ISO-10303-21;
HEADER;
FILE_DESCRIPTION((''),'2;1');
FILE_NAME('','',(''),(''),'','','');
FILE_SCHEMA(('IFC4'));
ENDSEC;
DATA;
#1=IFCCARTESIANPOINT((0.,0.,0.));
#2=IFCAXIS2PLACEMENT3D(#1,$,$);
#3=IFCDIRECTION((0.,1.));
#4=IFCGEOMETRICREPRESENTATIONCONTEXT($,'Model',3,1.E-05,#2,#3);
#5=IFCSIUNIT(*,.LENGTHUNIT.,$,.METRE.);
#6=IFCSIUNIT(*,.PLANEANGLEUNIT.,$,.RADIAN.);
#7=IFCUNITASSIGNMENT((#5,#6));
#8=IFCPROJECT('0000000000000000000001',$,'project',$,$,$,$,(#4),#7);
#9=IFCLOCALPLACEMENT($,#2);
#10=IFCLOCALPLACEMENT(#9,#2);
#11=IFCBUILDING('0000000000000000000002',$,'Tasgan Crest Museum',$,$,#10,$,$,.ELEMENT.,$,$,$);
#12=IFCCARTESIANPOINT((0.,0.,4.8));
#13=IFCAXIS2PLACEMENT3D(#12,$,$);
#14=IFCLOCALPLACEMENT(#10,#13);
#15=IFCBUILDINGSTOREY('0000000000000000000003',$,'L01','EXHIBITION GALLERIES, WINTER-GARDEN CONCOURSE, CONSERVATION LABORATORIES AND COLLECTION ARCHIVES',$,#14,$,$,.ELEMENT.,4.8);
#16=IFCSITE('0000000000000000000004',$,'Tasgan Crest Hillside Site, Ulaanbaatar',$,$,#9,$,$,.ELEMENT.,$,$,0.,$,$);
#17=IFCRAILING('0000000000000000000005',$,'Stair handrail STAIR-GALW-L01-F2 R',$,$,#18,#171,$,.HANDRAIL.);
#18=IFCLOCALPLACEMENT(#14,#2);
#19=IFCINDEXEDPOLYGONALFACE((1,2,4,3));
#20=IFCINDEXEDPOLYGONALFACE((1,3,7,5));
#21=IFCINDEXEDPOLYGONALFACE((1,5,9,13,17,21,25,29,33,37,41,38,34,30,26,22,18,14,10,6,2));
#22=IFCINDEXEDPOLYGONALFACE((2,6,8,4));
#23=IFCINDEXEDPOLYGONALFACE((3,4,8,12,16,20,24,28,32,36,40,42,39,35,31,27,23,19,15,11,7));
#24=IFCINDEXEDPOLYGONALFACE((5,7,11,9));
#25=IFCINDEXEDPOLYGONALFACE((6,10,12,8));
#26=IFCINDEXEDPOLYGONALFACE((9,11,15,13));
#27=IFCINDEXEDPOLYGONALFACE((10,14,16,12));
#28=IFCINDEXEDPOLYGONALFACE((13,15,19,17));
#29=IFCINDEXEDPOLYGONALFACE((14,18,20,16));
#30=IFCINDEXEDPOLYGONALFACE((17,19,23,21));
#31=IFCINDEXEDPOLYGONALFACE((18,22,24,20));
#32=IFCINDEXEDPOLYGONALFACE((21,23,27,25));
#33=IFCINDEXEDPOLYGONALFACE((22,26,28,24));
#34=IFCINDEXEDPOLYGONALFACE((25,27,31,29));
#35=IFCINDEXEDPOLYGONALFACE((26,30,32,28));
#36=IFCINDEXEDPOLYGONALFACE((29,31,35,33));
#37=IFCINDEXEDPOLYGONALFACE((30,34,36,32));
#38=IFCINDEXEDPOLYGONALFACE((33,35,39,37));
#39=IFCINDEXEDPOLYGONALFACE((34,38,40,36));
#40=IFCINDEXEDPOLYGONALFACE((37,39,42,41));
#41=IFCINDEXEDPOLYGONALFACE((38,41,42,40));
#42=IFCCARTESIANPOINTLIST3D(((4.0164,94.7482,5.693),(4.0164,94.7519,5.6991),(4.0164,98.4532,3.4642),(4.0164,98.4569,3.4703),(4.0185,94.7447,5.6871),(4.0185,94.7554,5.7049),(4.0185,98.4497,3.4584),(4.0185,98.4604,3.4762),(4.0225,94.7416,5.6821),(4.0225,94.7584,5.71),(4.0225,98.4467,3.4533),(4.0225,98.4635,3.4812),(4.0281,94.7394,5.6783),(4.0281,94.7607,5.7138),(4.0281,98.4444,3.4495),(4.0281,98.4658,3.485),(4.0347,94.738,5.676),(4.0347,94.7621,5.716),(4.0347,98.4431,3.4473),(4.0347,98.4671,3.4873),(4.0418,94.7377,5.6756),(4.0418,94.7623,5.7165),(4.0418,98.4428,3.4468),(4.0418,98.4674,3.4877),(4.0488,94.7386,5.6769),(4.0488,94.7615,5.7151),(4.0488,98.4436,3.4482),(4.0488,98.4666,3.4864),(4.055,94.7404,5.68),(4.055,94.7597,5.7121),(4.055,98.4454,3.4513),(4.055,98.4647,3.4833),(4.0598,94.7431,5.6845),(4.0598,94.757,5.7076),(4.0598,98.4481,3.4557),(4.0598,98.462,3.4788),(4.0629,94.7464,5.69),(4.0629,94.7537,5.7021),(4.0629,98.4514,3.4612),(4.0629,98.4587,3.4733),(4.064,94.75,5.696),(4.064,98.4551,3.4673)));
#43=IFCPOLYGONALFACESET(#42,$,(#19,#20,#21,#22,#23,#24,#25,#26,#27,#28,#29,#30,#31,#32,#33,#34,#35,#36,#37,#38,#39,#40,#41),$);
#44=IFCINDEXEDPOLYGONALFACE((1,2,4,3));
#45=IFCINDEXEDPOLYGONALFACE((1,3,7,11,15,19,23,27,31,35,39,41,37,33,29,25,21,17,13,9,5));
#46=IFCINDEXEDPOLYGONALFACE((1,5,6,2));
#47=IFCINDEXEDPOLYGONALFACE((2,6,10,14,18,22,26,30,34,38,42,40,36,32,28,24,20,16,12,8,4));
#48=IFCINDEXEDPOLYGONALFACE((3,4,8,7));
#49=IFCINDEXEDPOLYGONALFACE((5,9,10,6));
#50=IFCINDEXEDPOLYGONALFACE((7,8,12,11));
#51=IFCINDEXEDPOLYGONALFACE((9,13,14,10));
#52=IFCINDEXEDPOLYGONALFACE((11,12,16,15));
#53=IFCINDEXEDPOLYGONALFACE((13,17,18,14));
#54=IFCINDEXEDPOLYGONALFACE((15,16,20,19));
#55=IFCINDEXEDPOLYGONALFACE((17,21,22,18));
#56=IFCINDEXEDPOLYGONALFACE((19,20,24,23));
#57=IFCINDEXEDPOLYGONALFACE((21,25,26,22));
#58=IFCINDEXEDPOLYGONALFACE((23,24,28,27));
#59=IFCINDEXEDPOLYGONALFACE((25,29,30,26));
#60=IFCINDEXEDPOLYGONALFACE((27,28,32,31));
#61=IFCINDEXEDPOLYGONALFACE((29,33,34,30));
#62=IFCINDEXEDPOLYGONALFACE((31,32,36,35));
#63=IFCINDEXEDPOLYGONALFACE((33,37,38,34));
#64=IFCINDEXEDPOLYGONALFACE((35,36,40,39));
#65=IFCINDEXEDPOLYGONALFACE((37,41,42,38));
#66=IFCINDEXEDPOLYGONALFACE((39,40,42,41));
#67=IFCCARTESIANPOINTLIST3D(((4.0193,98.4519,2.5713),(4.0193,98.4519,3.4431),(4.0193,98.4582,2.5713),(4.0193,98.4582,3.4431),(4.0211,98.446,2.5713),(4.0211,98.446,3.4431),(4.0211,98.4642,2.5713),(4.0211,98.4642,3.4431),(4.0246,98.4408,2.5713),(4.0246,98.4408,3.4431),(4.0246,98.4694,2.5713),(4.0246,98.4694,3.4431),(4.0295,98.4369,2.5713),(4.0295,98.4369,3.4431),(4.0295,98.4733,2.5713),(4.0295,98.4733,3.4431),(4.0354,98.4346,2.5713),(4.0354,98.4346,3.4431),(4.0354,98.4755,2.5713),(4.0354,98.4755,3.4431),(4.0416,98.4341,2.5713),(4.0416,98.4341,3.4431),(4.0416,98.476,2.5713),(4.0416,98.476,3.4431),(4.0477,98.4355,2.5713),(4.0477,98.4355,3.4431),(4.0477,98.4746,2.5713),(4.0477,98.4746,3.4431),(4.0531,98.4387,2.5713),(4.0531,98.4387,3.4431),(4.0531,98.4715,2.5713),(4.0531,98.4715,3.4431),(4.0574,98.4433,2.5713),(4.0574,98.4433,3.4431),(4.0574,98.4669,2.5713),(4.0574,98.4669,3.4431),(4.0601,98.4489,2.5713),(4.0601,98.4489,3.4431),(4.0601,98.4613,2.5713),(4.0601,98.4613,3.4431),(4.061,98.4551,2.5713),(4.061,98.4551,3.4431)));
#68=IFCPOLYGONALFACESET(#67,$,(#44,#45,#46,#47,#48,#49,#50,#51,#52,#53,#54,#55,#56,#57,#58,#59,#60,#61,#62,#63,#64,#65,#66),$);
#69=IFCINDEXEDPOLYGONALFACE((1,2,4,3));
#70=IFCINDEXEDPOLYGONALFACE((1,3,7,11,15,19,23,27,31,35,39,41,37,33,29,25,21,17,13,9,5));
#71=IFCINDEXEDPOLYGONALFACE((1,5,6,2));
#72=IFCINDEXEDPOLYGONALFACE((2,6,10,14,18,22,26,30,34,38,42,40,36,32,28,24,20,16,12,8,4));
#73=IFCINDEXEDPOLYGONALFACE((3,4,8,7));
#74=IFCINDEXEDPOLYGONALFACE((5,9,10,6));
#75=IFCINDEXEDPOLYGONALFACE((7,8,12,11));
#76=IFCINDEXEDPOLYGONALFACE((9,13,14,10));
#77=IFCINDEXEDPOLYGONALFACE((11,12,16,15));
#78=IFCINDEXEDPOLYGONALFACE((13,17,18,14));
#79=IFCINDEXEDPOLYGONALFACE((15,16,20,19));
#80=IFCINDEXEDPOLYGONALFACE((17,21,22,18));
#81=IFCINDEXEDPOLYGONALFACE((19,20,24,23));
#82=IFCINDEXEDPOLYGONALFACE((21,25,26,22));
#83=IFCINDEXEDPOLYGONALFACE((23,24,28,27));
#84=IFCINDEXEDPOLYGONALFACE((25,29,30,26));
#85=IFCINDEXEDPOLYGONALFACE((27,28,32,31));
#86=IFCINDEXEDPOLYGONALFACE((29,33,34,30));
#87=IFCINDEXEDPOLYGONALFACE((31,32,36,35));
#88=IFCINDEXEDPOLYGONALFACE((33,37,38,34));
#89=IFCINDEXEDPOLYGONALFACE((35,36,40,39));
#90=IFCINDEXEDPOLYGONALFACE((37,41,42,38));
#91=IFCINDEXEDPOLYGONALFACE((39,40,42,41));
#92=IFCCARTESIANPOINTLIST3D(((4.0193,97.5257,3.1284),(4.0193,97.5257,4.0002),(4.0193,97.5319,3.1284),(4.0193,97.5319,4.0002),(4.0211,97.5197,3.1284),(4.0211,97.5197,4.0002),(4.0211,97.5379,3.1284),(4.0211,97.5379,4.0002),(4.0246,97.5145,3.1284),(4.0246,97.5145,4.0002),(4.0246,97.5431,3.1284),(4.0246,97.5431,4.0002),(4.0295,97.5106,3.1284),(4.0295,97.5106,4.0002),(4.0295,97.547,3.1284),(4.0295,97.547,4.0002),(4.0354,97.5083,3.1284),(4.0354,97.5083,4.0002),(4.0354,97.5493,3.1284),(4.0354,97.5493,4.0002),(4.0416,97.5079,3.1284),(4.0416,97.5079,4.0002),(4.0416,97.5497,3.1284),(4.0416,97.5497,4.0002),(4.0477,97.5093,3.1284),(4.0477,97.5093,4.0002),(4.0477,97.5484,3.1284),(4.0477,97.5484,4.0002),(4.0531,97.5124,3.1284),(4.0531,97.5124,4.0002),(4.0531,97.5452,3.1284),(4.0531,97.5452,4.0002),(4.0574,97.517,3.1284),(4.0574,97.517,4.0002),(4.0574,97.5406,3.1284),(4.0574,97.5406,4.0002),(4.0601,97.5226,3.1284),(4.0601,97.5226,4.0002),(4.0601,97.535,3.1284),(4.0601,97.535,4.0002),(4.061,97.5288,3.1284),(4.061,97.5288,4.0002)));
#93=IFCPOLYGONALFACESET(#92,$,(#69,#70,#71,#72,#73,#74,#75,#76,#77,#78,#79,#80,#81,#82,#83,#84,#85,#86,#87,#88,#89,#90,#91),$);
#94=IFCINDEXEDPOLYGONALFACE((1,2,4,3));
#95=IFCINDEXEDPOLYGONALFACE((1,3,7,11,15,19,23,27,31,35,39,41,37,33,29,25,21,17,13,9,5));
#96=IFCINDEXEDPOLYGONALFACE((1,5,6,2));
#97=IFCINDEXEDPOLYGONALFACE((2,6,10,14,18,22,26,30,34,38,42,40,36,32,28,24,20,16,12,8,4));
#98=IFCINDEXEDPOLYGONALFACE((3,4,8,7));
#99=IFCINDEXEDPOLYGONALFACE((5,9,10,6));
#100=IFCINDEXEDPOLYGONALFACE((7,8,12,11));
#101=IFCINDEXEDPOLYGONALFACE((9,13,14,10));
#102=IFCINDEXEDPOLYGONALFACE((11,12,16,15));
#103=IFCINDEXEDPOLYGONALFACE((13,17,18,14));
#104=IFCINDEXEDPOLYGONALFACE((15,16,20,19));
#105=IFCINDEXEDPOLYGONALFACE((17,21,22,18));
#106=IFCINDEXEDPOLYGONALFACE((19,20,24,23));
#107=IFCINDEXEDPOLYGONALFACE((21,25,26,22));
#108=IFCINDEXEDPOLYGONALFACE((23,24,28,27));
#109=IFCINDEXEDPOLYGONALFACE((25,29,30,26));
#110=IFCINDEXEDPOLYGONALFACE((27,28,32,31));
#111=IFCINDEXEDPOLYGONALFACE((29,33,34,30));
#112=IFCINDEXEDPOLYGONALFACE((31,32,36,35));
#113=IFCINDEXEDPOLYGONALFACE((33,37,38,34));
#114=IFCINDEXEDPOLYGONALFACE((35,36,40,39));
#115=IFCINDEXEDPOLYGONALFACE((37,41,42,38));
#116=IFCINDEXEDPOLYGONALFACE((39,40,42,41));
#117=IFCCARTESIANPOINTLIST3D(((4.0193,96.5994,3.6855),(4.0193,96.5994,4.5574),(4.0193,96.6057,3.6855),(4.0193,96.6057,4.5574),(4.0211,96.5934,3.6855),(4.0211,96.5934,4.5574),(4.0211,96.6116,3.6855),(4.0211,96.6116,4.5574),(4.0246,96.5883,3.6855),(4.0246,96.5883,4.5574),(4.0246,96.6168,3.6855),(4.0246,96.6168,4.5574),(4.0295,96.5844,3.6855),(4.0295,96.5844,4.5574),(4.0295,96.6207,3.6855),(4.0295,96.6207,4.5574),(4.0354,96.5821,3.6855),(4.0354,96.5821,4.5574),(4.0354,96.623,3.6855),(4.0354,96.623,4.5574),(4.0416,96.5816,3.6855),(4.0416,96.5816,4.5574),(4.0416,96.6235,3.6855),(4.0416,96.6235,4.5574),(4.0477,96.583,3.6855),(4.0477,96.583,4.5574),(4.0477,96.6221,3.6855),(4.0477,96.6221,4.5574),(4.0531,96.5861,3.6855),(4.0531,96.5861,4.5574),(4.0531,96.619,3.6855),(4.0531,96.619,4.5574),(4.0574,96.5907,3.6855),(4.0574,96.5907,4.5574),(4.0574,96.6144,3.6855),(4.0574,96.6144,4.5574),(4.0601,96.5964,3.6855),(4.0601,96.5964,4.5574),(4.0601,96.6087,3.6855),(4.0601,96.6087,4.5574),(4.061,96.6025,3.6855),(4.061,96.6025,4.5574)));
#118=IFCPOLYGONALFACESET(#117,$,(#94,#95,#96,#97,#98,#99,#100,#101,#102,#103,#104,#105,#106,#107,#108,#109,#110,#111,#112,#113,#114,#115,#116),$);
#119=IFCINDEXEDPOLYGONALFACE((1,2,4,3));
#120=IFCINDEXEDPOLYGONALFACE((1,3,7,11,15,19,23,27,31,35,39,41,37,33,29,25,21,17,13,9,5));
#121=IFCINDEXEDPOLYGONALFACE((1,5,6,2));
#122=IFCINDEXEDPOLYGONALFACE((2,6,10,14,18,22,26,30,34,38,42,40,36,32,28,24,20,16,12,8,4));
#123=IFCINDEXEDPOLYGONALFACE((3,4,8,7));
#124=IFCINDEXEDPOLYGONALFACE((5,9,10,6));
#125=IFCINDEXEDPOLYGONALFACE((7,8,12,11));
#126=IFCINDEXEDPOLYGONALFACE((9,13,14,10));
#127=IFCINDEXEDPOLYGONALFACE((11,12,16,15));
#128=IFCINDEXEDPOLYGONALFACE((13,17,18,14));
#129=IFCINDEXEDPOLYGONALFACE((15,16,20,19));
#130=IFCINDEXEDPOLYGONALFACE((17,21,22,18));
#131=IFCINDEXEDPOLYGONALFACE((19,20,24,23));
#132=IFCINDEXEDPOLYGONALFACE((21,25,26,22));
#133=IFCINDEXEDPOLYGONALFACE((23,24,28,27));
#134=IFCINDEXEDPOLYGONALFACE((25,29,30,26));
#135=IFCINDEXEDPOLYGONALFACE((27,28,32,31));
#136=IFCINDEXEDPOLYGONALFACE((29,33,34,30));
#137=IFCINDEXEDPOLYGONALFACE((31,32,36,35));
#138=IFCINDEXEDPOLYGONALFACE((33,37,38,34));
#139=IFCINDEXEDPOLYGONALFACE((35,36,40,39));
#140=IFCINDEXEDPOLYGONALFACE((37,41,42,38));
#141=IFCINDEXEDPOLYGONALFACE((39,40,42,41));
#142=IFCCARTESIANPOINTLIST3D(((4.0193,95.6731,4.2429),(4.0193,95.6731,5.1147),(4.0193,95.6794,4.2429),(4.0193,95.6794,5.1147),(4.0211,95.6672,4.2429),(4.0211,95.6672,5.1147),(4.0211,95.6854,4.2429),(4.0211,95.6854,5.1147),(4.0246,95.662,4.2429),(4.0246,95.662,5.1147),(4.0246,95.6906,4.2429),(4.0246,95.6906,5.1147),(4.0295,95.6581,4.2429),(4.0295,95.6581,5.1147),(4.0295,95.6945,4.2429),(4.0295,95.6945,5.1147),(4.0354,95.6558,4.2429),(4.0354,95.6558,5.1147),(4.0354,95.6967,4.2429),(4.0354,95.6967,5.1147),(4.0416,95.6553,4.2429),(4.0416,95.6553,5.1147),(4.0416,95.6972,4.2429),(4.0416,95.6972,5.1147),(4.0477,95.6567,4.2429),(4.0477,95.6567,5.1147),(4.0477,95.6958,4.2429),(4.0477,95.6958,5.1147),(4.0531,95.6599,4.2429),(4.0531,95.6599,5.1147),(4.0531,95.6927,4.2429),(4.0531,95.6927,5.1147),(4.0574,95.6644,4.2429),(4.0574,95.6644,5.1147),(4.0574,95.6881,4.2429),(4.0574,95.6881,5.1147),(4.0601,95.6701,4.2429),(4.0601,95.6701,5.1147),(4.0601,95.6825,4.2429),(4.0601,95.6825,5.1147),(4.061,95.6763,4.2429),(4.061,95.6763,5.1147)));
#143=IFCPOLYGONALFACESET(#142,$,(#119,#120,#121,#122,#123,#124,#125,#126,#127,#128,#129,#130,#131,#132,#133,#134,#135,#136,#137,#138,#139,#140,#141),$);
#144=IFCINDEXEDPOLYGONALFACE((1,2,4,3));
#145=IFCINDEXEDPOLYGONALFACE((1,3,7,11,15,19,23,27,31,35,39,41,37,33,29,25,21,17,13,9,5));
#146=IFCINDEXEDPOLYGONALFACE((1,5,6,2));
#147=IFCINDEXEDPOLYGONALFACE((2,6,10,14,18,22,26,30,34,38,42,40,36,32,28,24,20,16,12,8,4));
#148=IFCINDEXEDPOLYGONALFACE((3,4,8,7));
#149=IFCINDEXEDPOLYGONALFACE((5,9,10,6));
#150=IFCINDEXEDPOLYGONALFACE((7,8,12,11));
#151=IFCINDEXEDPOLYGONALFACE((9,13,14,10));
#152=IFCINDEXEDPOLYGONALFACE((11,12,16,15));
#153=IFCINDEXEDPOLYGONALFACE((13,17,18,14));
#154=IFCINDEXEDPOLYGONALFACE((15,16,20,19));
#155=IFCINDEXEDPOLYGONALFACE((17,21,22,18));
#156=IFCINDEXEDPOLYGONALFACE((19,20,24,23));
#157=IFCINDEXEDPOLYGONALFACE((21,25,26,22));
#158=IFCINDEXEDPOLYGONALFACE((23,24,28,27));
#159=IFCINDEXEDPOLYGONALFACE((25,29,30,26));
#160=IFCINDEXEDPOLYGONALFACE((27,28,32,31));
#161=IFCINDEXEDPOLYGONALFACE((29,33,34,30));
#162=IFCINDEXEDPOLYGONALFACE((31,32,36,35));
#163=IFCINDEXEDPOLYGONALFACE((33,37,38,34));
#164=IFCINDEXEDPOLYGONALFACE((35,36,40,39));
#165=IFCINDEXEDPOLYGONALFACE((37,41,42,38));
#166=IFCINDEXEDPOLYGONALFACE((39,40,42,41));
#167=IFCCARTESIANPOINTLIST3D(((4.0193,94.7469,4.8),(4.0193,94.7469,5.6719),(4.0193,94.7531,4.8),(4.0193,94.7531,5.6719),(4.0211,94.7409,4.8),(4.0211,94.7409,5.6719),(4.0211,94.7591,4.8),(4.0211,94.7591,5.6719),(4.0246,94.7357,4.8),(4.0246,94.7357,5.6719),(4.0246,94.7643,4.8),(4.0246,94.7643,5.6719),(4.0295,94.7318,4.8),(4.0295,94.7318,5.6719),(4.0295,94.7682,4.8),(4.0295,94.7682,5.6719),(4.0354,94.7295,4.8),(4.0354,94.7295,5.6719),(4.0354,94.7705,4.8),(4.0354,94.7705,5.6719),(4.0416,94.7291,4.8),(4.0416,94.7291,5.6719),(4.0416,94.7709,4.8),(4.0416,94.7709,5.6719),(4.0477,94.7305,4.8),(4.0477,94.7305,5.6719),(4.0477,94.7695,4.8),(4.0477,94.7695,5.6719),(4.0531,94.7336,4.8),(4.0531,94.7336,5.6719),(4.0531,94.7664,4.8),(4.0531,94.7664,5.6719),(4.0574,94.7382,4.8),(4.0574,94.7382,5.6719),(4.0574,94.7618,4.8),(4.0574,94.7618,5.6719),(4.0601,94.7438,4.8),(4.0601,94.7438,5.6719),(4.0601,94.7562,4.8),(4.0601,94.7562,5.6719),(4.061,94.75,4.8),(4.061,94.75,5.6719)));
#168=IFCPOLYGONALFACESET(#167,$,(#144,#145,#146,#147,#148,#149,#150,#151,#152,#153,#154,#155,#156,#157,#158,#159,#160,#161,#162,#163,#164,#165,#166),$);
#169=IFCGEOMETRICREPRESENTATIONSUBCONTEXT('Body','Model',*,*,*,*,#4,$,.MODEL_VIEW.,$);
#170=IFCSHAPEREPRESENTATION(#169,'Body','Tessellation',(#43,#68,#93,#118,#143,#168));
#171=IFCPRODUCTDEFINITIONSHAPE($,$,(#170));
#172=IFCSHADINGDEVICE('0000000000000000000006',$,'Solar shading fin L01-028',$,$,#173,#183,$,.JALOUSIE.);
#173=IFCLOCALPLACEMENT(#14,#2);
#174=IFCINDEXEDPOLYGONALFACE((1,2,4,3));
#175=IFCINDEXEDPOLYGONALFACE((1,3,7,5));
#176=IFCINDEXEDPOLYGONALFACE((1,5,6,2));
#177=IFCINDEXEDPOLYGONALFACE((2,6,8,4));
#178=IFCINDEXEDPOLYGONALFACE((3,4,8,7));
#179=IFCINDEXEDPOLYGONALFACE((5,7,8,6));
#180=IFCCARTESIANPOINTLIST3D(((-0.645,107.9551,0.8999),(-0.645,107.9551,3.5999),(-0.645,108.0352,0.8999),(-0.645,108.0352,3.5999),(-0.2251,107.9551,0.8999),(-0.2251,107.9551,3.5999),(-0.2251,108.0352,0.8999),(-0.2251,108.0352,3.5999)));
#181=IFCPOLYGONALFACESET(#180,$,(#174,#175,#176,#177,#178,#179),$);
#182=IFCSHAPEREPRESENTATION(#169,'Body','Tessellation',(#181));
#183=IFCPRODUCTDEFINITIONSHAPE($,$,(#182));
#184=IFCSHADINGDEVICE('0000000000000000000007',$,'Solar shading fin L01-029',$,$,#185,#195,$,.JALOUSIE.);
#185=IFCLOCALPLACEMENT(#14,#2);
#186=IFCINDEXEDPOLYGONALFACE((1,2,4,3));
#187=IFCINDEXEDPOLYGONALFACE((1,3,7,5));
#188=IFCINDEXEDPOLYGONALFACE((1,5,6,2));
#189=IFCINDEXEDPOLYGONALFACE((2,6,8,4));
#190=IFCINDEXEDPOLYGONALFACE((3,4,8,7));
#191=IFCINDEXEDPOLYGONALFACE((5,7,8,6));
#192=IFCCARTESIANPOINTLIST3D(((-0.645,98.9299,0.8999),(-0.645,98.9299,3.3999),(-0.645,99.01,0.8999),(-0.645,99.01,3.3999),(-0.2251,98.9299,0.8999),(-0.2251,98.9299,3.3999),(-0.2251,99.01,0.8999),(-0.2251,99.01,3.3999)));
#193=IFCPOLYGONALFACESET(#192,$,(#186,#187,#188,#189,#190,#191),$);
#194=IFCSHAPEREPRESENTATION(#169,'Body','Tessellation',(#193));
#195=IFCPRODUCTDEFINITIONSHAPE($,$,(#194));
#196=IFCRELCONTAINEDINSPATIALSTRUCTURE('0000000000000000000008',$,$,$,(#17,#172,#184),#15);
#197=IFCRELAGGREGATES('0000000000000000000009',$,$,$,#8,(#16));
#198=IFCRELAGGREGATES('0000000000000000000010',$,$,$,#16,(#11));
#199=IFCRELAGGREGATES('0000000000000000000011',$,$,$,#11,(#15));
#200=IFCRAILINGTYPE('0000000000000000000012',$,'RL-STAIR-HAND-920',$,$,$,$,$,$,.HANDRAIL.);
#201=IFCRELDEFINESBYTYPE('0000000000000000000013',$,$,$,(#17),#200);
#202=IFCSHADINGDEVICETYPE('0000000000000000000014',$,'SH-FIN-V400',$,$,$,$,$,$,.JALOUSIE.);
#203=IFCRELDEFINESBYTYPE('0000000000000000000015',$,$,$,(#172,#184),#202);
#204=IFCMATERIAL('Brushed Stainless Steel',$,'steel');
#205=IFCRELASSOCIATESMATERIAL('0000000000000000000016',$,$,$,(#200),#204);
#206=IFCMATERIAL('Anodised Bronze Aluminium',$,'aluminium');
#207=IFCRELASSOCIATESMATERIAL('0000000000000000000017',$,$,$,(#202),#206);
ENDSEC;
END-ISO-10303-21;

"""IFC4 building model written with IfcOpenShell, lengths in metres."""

from ifc_helpers import new_model, si_unit, direction, frame, origin, origin_2d, place, context, subcontext, project, spatial, rectangle, circle, extrude, material, type_object, element, save


model = new_model("IFC4")

# Units and contexts
model_context = context("Model", 3, precision=1e-05, world=origin(), true_north=direction((0.0, 1.0)))
body_context = subcontext(model_context, "Body", "Model", "MODEL_VIEW")
ifc_project = project(units=[si_unit("LENGTHUNIT", "METRE"), si_unit("PLANEANGLEUNIT", "RADIAN")], contexts=[model_context])

# Site, building, storey
site_placement = place(None, origin())
site = spatial("IfcSite", under=ifc_project, at=site_placement, Name="Tasgan Crest Hillside Site, Ulaanbaatar", CompositionType="ELEMENT", RefElevation=0.0)
building_placement = place(site_placement, origin())
building = spatial("IfcBuilding", under=site, at=building_placement, Name="Tasgan Crest Museum", CompositionType="ELEMENT")
storey_placement = place(building_placement, frame((0.0, 0.0, 4.8)))
storey = spatial("IfcBuildingStorey", under=building, at=storey_placement, Name="L01", Description="EXHIBITION GALLERIES, WINTER-GARDEN CONCOURSE, CONSERVATION LABORATORIES AND COLLECTION ARCHIVES", CompositionType="ELEMENT", Elevation=4.8)

# Railing
ifc_material_1 = material(Name="Brushed Stainless Steel", Category="steel")
railing_type_1 = type_object("IfcRailingType", Name="RL-STAIR-HAND-920", PredefinedType="HANDRAIL", material=ifc_material_1)
for number, where, name in (
    (1, (4.04, 98.4551, 2.5713), "Stair handrail STAIR-GALW-L01-F2 R"),
):
    element("IfcRailing", number, at=place(storey_placement, frame(where)), inside=storey, type_object=railing_type_1, Name=name, PredefinedType="HANDRAIL", context=body_context, shape_type="SweptSolid", body=[
        extrude(circle(Radius=0.0239, at=origin_2d()), frame((0.0, 0.0, 0.896), z_axis=(0.0, -0.856909, 0.515467), x_axis=(1.0, 0.0, 0.0)), (0.0, 0.0, 1.0), 4.3237),
        extrude(circle(Radius=0.021, at=origin_2d()), origin(), (0.0, 0.0, 1.0), 0.8718),
        extrude(circle(Radius=0.021, at=origin_2d()), frame((0.0, -0.9263, 0.5571)), (0.0, 0.0, 1.0), 0.8718),
        extrude(circle(Radius=0.021, at=origin_2d()), frame((0.0, -1.8525, 1.1143)), (0.0, 0.0, 1.0), 0.8718),
        extrude(circle(Radius=0.021, at=origin_2d()), frame((0.0, -2.7788, 1.6716)), (0.0, 0.0, 1.0), 0.8718),
        extrude(circle(Radius=0.021, at=origin_2d()), frame((0.0, -3.7051, 2.2288)), (0.0, 0.0, 1.0), 0.8718),
    ])

# Shading devices
ifc_material_2 = material(Name="Anodised Bronze Aluminium", Category="aluminium")
shading_device_type = type_object("IfcShadingDeviceType", Name="SH-FIN-V400", PredefinedType="JALOUSIE", material=ifc_material_2)
shading_device_1_placement = place(storey_placement, frame((-0.4351, 107.9951, 0.8999), z_axis=(0.0, 0.0, 1.0), x_axis=(0.0, -1.0, 0.0)))
element("IfcShadingDevice", 2, at=shading_device_1_placement, inside=storey, type_object=shading_device_type, Name="Solar shading fin L01-028", PredefinedType="JALOUSIE", context=body_context, shape_type="SweptSolid", body=[
    extrude(rectangle(XDim=0.0801, YDim=0.4199, at=origin_2d()), origin(), (0.0, 0.0, 1.0), 2.7),
])
shading_device_2_placement = place(storey_placement, frame((-0.4351, 98.97, 0.8999), z_axis=(0.0, 0.0, 1.0), x_axis=(0.0, -1.0, 0.0)))
element("IfcShadingDevice", 3, at=shading_device_2_placement, inside=storey, type_object=shading_device_type, Name="Solar shading fin L01-029", PredefinedType="JALOUSIE", context=body_context, shape_type="SweptSolid", body=[
    extrude(rectangle(XDim=0.0801, YDim=0.4199, at=origin_2d()), origin(), (0.0, 0.0, 1.0), 2.5),
])

save(model, "model.ifc")
